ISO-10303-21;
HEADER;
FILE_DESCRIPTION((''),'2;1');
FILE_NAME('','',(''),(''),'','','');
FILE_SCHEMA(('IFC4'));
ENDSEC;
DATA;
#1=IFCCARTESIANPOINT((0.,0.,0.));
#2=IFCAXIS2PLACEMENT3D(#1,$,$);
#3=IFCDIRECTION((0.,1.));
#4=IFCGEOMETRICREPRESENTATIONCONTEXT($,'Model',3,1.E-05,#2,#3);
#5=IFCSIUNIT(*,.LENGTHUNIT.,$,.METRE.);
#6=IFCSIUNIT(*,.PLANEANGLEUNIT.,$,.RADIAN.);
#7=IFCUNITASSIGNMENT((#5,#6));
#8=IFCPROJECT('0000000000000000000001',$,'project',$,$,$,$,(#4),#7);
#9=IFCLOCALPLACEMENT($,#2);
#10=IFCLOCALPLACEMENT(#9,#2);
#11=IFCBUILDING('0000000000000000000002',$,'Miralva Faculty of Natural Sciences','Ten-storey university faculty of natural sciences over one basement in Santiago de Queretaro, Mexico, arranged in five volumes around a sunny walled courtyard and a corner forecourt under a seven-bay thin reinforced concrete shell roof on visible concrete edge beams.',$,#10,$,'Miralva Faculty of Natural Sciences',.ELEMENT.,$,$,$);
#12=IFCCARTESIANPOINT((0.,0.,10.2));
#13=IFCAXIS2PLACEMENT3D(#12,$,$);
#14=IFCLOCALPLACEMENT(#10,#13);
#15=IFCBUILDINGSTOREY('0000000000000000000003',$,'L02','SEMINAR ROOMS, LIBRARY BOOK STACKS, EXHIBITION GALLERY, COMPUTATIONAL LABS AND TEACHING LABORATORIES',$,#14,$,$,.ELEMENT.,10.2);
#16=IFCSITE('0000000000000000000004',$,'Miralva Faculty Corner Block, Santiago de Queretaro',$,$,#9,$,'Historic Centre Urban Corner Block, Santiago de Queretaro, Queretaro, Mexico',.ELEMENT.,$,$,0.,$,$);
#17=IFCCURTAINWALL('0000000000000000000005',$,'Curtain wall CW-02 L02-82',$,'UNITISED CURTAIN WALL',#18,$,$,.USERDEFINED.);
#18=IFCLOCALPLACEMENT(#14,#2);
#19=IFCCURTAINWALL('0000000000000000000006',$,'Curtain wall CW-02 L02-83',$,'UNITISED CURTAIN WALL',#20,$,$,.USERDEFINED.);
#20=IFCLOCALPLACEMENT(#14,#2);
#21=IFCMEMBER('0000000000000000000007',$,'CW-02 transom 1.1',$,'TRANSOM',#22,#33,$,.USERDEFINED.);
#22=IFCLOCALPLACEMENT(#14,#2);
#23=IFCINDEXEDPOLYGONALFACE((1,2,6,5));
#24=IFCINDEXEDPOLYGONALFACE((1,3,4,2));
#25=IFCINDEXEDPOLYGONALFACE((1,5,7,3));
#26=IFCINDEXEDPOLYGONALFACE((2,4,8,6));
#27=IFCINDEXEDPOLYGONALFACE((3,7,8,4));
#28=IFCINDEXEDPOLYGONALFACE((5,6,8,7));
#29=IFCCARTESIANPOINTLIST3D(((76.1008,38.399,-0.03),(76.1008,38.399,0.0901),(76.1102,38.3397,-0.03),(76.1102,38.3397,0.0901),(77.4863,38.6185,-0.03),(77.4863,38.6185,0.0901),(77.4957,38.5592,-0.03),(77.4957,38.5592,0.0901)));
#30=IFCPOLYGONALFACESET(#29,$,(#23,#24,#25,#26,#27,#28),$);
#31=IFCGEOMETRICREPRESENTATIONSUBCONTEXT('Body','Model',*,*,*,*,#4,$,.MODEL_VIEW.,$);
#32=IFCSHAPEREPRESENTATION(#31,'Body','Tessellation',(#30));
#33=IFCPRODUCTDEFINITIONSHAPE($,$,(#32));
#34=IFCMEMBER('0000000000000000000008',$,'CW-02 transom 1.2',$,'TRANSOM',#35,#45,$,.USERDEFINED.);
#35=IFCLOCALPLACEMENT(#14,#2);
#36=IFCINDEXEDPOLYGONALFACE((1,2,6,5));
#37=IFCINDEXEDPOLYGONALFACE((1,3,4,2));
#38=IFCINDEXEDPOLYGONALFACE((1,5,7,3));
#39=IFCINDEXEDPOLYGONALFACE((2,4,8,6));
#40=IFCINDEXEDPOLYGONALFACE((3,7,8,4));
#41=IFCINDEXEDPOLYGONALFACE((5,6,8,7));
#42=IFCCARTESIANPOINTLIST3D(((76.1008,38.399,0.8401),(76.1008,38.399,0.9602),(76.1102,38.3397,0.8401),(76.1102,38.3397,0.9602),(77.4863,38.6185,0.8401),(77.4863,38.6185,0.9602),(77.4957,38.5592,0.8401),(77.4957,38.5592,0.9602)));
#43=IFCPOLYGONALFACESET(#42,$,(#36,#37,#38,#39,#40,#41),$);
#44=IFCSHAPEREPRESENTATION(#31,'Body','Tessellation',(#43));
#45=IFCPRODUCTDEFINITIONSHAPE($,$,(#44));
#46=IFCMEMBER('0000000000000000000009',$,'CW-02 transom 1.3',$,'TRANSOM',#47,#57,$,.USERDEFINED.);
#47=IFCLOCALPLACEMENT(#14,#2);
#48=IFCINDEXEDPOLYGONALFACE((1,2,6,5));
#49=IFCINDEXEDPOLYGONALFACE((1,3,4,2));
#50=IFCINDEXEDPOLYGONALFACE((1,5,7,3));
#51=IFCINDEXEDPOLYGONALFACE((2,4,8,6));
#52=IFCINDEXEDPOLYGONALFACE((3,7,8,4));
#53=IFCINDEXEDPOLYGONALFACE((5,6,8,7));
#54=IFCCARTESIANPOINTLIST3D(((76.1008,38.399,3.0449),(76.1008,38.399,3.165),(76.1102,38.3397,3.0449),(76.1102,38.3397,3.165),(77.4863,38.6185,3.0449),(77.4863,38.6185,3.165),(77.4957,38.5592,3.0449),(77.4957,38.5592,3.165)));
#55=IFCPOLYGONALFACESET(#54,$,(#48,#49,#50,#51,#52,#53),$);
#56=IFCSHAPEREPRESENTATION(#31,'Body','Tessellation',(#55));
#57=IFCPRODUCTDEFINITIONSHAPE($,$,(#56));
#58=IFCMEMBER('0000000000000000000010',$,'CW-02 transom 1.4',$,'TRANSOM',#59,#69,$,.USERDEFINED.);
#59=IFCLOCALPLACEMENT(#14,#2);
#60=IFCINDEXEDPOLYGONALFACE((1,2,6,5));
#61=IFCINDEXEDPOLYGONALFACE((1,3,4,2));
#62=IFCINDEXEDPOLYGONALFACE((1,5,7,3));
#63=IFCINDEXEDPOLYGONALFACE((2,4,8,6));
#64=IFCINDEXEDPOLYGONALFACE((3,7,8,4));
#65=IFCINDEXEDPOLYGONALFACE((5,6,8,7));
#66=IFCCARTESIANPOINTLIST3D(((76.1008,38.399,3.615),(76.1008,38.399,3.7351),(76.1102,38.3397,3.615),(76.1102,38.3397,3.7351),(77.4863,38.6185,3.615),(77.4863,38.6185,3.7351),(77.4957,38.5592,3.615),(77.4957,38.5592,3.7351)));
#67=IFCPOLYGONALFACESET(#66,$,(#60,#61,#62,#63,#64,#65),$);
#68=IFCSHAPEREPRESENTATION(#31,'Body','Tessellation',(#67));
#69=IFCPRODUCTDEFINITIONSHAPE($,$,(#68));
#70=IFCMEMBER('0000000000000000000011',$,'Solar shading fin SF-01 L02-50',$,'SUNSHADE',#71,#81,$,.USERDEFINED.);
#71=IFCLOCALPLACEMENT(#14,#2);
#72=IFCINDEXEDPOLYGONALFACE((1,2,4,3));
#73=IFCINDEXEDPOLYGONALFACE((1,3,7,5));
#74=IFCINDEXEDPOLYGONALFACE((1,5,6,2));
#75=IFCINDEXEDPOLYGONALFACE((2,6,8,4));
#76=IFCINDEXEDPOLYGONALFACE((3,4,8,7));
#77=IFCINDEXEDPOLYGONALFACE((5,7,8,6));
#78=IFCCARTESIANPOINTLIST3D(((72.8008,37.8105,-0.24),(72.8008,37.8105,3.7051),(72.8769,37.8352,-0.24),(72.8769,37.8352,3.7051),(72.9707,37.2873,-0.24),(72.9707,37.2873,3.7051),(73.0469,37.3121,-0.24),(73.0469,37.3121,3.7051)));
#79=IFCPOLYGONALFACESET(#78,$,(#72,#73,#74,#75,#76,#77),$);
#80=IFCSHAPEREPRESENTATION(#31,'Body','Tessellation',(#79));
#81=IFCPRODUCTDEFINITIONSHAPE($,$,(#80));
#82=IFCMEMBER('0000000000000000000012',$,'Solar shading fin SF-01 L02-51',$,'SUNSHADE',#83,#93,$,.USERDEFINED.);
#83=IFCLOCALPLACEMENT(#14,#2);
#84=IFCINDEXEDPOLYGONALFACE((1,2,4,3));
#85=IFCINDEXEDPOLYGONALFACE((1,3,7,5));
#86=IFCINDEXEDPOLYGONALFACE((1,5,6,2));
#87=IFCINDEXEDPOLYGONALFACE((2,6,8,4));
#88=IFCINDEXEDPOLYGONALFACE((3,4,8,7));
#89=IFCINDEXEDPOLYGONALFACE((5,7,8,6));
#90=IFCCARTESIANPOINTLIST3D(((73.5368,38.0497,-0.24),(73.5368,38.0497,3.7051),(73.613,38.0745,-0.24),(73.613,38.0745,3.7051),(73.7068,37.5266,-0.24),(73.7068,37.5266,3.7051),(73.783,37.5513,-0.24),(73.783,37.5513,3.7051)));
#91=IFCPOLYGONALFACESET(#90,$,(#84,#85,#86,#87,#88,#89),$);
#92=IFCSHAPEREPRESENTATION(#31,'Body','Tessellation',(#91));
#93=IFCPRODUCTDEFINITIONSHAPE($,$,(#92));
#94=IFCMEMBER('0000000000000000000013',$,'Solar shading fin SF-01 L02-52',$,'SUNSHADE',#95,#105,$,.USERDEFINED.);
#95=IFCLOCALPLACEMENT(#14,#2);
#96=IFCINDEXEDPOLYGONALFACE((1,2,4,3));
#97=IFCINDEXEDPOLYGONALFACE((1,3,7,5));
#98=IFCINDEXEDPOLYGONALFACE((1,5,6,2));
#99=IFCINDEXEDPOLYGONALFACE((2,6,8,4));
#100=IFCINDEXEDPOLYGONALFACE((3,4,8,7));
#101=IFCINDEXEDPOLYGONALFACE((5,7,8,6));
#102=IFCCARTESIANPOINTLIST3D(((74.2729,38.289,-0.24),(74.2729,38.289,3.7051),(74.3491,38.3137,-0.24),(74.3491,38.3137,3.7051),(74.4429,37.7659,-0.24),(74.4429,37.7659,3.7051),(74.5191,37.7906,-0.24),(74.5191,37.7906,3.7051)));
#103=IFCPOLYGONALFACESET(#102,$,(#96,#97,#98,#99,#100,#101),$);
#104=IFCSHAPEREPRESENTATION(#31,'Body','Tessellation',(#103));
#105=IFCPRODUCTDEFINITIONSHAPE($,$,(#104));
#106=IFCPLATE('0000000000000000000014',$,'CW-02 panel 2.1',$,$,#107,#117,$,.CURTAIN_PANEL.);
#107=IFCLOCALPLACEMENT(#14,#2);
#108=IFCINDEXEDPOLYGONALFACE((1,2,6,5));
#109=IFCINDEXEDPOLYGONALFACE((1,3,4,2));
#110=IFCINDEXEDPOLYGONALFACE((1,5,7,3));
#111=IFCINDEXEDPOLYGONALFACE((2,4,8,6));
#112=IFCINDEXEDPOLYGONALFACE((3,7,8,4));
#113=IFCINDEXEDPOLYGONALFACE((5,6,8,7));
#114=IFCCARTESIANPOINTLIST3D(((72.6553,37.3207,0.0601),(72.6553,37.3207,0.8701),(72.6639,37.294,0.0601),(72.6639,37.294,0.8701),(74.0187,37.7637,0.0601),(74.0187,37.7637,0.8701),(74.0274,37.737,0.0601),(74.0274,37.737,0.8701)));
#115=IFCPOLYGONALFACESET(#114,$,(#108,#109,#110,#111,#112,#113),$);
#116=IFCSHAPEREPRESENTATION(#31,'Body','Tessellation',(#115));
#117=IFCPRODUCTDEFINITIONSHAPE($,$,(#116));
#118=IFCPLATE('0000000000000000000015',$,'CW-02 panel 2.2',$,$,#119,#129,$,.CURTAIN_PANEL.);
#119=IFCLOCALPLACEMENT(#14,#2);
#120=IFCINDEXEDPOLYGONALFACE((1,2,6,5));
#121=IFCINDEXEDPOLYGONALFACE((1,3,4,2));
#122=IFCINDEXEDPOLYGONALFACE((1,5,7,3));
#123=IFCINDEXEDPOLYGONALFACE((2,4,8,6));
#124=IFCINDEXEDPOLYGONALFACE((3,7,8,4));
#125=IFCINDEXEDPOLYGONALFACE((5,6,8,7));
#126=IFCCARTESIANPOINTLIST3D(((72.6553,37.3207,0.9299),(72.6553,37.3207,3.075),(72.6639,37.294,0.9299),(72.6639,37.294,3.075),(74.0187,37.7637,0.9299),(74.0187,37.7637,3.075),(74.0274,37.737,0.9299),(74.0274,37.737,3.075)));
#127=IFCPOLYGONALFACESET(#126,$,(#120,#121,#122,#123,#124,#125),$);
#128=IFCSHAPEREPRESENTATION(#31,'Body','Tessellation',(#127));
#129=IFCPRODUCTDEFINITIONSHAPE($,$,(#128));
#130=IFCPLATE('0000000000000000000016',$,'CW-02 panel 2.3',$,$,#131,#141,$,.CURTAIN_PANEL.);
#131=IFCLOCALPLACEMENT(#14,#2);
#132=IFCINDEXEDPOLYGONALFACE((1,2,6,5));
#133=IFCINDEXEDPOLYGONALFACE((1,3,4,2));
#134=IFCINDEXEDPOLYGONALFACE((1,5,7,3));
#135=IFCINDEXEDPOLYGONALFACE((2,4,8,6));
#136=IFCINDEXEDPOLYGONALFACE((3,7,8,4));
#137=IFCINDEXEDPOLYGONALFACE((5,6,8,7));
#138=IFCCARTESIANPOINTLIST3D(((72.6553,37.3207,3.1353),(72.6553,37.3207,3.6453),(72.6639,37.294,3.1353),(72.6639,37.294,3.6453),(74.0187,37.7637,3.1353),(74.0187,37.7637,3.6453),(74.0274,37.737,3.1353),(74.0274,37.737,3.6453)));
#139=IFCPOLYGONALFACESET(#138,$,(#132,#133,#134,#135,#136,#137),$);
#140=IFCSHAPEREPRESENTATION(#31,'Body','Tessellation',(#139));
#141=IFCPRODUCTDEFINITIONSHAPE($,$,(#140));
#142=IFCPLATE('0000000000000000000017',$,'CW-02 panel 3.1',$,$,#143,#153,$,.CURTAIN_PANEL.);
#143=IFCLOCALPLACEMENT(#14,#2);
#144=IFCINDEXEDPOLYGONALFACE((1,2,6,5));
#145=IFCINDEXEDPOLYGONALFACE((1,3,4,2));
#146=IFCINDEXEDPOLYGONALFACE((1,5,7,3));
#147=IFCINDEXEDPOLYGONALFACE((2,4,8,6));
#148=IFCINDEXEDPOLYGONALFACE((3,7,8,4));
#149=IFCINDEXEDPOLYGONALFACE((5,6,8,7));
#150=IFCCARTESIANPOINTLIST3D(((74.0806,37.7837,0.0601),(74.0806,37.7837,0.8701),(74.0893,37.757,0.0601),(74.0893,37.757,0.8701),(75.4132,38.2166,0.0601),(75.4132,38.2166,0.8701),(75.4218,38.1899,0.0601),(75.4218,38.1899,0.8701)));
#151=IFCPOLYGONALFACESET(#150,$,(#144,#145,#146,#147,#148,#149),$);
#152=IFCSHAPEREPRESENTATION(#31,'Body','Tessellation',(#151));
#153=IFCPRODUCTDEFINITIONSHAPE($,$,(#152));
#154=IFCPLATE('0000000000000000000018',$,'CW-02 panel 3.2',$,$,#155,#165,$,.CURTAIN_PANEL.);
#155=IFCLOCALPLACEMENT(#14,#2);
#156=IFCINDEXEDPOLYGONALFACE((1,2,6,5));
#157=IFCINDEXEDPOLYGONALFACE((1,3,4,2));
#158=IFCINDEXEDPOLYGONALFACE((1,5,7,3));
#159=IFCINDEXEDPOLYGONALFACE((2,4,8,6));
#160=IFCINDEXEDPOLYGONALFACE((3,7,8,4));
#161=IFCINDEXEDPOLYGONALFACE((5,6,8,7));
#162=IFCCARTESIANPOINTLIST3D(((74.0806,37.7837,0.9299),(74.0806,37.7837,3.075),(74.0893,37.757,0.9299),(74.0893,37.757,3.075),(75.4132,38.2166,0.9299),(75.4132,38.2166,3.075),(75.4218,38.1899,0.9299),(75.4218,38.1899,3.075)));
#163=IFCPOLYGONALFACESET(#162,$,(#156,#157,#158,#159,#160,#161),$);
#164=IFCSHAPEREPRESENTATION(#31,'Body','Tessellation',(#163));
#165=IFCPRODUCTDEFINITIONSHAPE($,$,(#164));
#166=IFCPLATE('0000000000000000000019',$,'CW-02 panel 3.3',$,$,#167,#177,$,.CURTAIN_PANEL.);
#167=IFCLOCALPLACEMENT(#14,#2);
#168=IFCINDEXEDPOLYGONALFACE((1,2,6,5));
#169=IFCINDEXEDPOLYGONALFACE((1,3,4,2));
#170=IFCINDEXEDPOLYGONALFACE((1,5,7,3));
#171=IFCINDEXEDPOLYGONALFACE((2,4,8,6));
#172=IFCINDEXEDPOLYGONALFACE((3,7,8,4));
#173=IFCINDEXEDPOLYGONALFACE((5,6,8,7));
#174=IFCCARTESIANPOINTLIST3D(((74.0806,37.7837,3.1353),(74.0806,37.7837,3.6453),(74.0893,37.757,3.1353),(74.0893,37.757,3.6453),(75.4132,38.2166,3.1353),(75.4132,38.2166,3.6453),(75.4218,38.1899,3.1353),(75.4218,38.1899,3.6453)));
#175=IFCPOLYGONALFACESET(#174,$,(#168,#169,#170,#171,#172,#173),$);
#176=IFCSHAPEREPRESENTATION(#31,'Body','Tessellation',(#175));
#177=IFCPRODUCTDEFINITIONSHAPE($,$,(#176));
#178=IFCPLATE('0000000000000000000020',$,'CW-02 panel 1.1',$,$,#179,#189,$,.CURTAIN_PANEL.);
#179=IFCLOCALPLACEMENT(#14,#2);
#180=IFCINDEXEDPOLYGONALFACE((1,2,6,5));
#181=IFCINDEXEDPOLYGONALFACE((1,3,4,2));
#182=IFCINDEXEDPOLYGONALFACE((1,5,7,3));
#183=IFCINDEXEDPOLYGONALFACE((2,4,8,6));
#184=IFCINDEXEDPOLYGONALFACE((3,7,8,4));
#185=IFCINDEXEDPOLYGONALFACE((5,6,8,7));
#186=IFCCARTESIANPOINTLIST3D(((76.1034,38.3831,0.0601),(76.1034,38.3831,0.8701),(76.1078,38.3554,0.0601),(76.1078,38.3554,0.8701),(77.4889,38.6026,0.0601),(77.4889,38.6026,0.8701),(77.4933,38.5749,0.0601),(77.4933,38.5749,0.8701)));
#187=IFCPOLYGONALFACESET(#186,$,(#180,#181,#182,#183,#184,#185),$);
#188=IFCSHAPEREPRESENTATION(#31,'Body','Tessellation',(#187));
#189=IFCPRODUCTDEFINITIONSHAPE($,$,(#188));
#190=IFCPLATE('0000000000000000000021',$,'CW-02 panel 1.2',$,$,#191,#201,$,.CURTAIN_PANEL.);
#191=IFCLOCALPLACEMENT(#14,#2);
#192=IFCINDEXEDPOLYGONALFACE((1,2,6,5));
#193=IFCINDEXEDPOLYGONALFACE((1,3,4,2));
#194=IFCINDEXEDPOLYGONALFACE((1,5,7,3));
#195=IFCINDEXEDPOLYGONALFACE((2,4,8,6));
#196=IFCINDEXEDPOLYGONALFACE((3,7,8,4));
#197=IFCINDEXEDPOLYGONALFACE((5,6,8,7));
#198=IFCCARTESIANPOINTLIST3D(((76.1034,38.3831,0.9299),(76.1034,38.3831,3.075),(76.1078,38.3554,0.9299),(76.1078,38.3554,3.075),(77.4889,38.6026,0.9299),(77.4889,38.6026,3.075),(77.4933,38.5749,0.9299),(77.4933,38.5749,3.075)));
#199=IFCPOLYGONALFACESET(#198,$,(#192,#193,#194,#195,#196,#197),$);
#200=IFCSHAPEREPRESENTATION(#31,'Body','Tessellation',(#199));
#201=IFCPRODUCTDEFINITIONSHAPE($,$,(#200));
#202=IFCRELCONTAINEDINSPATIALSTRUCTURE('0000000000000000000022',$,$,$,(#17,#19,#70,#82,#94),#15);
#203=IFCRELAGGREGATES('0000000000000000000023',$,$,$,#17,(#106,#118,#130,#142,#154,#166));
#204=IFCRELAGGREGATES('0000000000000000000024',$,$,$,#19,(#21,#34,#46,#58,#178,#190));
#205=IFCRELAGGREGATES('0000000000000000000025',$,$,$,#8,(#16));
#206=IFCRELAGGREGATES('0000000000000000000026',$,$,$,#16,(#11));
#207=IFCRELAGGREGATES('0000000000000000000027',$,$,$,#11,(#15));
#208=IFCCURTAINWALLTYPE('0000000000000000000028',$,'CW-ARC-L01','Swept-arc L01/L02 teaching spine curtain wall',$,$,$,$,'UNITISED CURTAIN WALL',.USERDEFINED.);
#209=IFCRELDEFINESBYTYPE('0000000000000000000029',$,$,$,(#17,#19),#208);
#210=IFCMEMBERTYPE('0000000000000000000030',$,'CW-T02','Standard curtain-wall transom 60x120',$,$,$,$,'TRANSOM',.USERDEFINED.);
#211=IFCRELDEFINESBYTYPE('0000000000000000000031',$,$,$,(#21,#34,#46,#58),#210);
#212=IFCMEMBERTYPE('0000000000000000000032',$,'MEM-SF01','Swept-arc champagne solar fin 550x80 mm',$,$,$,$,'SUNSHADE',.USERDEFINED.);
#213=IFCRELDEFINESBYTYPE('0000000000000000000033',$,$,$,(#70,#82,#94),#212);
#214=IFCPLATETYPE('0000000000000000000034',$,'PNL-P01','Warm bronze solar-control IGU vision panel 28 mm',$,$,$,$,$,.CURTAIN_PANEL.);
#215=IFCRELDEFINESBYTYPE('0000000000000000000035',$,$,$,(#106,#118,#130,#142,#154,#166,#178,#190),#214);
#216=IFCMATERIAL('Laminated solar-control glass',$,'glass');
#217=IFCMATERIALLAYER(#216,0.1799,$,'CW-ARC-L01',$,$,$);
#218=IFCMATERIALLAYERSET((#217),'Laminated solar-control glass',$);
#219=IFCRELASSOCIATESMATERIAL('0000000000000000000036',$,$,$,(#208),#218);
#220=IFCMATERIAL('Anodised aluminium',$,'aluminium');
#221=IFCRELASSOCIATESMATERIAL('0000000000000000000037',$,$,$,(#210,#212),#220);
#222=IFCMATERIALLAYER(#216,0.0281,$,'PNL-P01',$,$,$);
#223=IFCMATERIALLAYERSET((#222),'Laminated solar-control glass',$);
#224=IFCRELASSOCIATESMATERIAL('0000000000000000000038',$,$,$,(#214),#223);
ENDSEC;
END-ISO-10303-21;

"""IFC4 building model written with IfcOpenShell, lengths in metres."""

from ifc_helpers import new_model, si_unit, direction, frame, origin, origin_2d, place, context, subcontext, project, spatial, rectangle, extrude, material, layer, layer_set, material_profile, profile_set, type_object, element, aggregate, save


model = new_model("IFC4")

# Units and contexts
model_context = context("Model", 3, precision=1e-05, world=origin(), true_north=direction((0.0, 1.0)))
body_context = subcontext(model_context, "Body", "Model", "MODEL_VIEW")
ifc_project = project(units=[si_unit("LENGTHUNIT", "METRE"), si_unit("PLANEANGLEUNIT", "RADIAN")], contexts=[model_context])

# Site, building, storey
site_placement = place(None, origin())
site = spatial("IfcSite", under=ifc_project, at=site_placement, Name="Miralva Faculty Corner Block, Santiago de Queretaro", LongName="Historic Centre Urban Corner Block, Santiago de Queretaro, Queretaro, Mexico", CompositionType="ELEMENT", RefElevation=0.0)
building_placement = place(site_placement, origin())
building = spatial("IfcBuilding", under=site, at=building_placement, Name="Miralva Faculty of Natural Sciences", Description="Ten-storey university faculty of natural sciences over one basement in Santiago de Queretaro, Mexico, arranged in five volumes around a sunny walled courtyard and a corner forecourt under a seven-bay thin reinforced concrete shell roof on visible concrete edge beams.", LongName="Miralva Faculty of Natural Sciences", CompositionType="ELEMENT")
storey_placement = place(building_placement, frame((0.0, 0.0, 10.2)))
storey = spatial("IfcBuildingStorey", under=building, at=storey_placement, Name="L02", Description="SEMINAR ROOMS, LIBRARY BOOK STACKS, EXHIBITION GALLERY, COMPUTATIONAL LABS AND TEACHING LABORATORIES", CompositionType="ELEMENT", Elevation=10.2)

# Curtain wall
ifc_material_1 = material(Name="Laminated solar-control glass", Category="glass")
ifc_layer_1 = layer(ifc_material_1, 0.1799, Name="CW-ARC-L01")
ifc_layer_set_1 = layer_set([ifc_layer_1], Name="Laminated solar-control glass")
curtain_wall_type = type_object("IfcCurtainWallType", Name="CW-ARC-L01", Description="Swept-arc L01/L02 teaching spine curtain wall", ElementType="UNITISED CURTAIN WALL", PredefinedType="USERDEFINED", material=ifc_layer_set_1)
curtain_wall_1_placement = place(storey_placement, origin())
curtain_wall_1 = element("IfcCurtainWall", 1, at=curtain_wall_1_placement, inside=storey, type_object=curtain_wall_type, Name="Curtain wall CW-02 L02-82", ObjectType="UNITISED CURTAIN WALL", PredefinedType="USERDEFINED")
ifc_material_2 = material(Name="Anodised aluminium", Category="aluminium")

# Curtain wall
curtain_wall_2_placement = place(storey_placement, origin())
curtain_wall_2 = element("IfcCurtainWall", 2, at=curtain_wall_2_placement, inside=storey, type_object=curtain_wall_type, Name="Curtain wall CW-02 L02-83", ObjectType="UNITISED CURTAIN WALL", PredefinedType="USERDEFINED")

# Members
ifc_material_profile_1 = material_profile(ifc_material_2, rectangle(XDim=0.0601, YDim=0.1201, at=origin_2d()), Name="TRANSOM 60x120")
ifc_profile_set_1 = profile_set([ifc_material_profile_1], Name="Anodised aluminium")
member_type_1 = type_object("IfcMemberType", Name="CW-T02", Description="Standard curtain-wall transom 60x120", ElementType="TRANSOM", PredefinedType="USERDEFINED", material=ifc_profile_set_1)
member_1_placement = place(storey_placement, frame((76.1055, 38.3694, 0.03), z_axis=(0.987684, 0.156463, 0.0), x_axis=(-0.156463, 0.987684, 0.0)))
member_1 = element("IfcMember", 3, at=member_1_placement, type_object=member_type_1, Name="CW-02 transom 1.1", ObjectType="TRANSOM", PredefinedType="USERDEFINED", context=body_context, shape_type="SweptSolid", body=[
    extrude(rectangle(XDim=0.0601, YDim=0.1201, at=origin_2d()), origin(), (0.0, 0.0, 1.0), 1.4028),
])
member_2_placement = place(storey_placement, frame((76.1055, 38.3694, 0.9001), z_axis=(0.987684, 0.156463, 0.0), x_axis=(-0.156463, 0.987684, 0.0)))
member_2 = element("IfcMember", 4, at=member_2_placement, type_object=member_type_1, Name="CW-02 transom 1.2", ObjectType="TRANSOM", PredefinedType="USERDEFINED", context=body_context, shape_type="SweptSolid", body=[
    extrude(rectangle(XDim=0.0601, YDim=0.1201, at=origin_2d()), origin(), (0.0, 0.0, 1.0), 1.4028),
])
member_3_placement = place(storey_placement, frame((76.1055, 38.3694, 3.105), z_axis=(0.987684, 0.156463, 0.0), x_axis=(-0.156463, 0.987684, 0.0)))
member_3 = element("IfcMember", 5, at=member_3_placement, type_object=member_type_1, Name="CW-02 transom 1.3", ObjectType="TRANSOM", PredefinedType="USERDEFINED", context=body_context, shape_type="SweptSolid", body=[
    extrude(rectangle(XDim=0.0601, YDim=0.1201, at=origin_2d()), origin(), (0.0, 0.0, 1.0), 1.4028),
])
member_4_placement = place(storey_placement, frame((76.1055, 38.3694, 3.675), z_axis=(0.987684, 0.156463, 0.0), x_axis=(-0.156463, 0.987684, 0.0)))
member_4 = element("IfcMember", 6, at=member_4_placement, type_object=member_type_1, Name="CW-02 transom 1.4", ObjectType="TRANSOM", PredefinedType="USERDEFINED", context=body_context, shape_type="SweptSolid", body=[
    extrude(rectangle(XDim=0.0601, YDim=0.1201, at=origin_2d()), origin(), (0.0, 0.0, 1.0), 1.4028),
])

# Members
ifc_material_profile_2 = material_profile(ifc_material_2, rectangle(XDim=0.0801, YDim=0.55, at=origin_2d()), Name="FIN 550x80")
ifc_profile_set_2 = profile_set([ifc_material_profile_2], Name="Anodised aluminium")
member_type_2 = type_object("IfcMemberType", Name="MEM-SF01", Description="Swept-arc champagne solar fin 550x80 mm", ElementType="SUNSHADE", PredefinedType="USERDEFINED", material=ifc_profile_set_2)
for number, where, z_axis, x_axis, name in (
    (7, (72.9238, 37.5613, -0.24), (0.0, 0.0, 1.0), (-0.951057, -0.309017, 0.0), "Solar shading fin SF-01 L02-50"),
    (8, (73.6599, 37.8005, -0.24), (0.0, 0.0, 1.0), (-0.951057, -0.309017, 0.0), "Solar shading fin SF-01 L02-51"),
    (9, (74.396, 38.0398, -0.24), (0.0, 0.0, 1.0), (-0.951057, -0.309017, 0.0), "Solar shading fin SF-01 L02-52"),
):
    element("IfcMember", number, at=place(storey_placement, frame(where, z_axis=z_axis, x_axis=x_axis)), inside=storey, type_object=member_type_2, Name=name, ObjectType="SUNSHADE", PredefinedType="USERDEFINED", context=body_context, shape_type="SweptSolid", body=[
        extrude(rectangle(XDim=0.0801, YDim=0.55, at=origin_2d()), origin(), (0.0, 0.0, 1.0), 3.9451),
    ])

# Plates
ifc_layer_2 = layer(ifc_material_1, 0.0281, Name="PNL-P01")
ifc_layer_set_2 = layer_set([ifc_layer_2], Name="Laminated solar-control glass")
plate_type = type_object("IfcPlateType", Name="PNL-P01", Description="Warm bronze solar-control IGU vision panel 28 mm", PredefinedType="CURTAIN_PANEL", material=ifc_layer_set_2)
plate_1_placement = place(storey_placement, frame((73.3413, 37.5288, 0.0601), z_axis=(0.0, 0.0, 1.0), x_axis=(0.95106, 0.309006, 0.0)))
plate_1 = element("IfcPlate", 10, at=plate_1_placement, type_object=plate_type, Name="CW-02 panel 2.1", PredefinedType="CURTAIN_PANEL", context=body_context, shape_type="SweptSolid", body=[
    extrude(rectangle(XDim=1.4336, YDim=0.0281, at=origin_2d()), origin(), (0.0, 0.0, 1.0), 0.8101),
])
plate_2_placement = place(storey_placement, frame((73.3413, 37.5288, 0.9299), z_axis=(0.0, 0.0, 1.0), x_axis=(0.95106, 0.309006, 0.0)))
plate_2 = element("IfcPlate", 11, at=plate_2_placement, type_object=plate_type, Name="CW-02 panel 2.2", PredefinedType="CURTAIN_PANEL", context=body_context, shape_type="SweptSolid", body=[
    extrude(rectangle(XDim=1.4336, YDim=0.0281, at=origin_2d()), origin(), (0.0, 0.0, 1.0), 2.145),
])
plate_3_placement = place(storey_placement, frame((73.3413, 37.5288, 3.1353), z_axis=(0.0, 0.0, 1.0), x_axis=(0.95106, 0.309006, 0.0)))
plate_3 = element("IfcPlate", 12, at=plate_3_placement, type_object=plate_type, Name="CW-02 panel 2.3", PredefinedType="CURTAIN_PANEL", context=body_context, shape_type="SweptSolid", body=[
    extrude(rectangle(XDim=1.4336, YDim=0.0281, at=origin_2d()), origin(), (0.0, 0.0, 1.0), 0.51),
])
plate_4_placement = place(storey_placement, frame((74.7512, 37.9868, 0.0601), z_axis=(0.0, 0.0, 1.0), x_axis=(0.95106, 0.309006, 0.0)))
plate_4 = element("IfcPlate", 13, at=plate_4_placement, type_object=plate_type, Name="CW-02 panel 3.1", PredefinedType="CURTAIN_PANEL", context=body_context, shape_type="SweptSolid", body=[
    extrude(rectangle(XDim=1.4011, YDim=0.0281, at=origin_2d()), origin(), (0.0, 0.0, 1.0), 0.8101),
])
plate_5_placement = place(storey_placement, frame((74.7512, 37.9868, 0.9299), z_axis=(0.0, 0.0, 1.0), x_axis=(0.95106, 0.309006, 0.0)))
plate_5 = element("IfcPlate", 14, at=plate_5_placement, type_object=plate_type, Name="CW-02 panel 3.2", PredefinedType="CURTAIN_PANEL", context=body_context, shape_type="SweptSolid", body=[
    extrude(rectangle(XDim=1.4011, YDim=0.0281, at=origin_2d()), origin(), (0.0, 0.0, 1.0), 2.145),
])
plate_6_placement = place(storey_placement, frame((74.7512, 37.9868, 3.1353), z_axis=(0.0, 0.0, 1.0), x_axis=(0.95106, 0.309006, 0.0)))
plate_6 = element("IfcPlate", 15, at=plate_6_placement, type_object=plate_type, Name="CW-02 panel 3.3", PredefinedType="CURTAIN_PANEL", context=body_context, shape_type="SweptSolid", body=[
    extrude(rectangle(XDim=1.4011, YDim=0.0281, at=origin_2d()), origin(), (0.0, 0.0, 1.0), 0.51),
])
aggregate(curtain_wall_1, [plate_1, plate_2, plate_3, plate_4, plate_5, plate_6])
plate_7_placement = place(storey_placement, frame((76.7983, 38.479, 0.0601), z_axis=(0.0, 0.0, 1.0), x_axis=(0.987689, 0.156431, 0.0)))
plate_7 = element("IfcPlate", 16, at=plate_7_placement, type_object=plate_type, Name="CW-02 panel 1.1", PredefinedType="CURTAIN_PANEL", context=body_context, shape_type="SweptSolid", body=[
    extrude(rectangle(XDim=1.4028, YDim=0.0281, at=origin_2d()), origin(), (0.0, 0.0, 1.0), 0.8101),
])
plate_8_placement = place(storey_placement, frame((76.7983, 38.479, 0.9299), z_axis=(0.0, 0.0, 1.0), x_axis=(0.987689, 0.156431, 0.0)))
plate_8 = element("IfcPlate", 17, at=plate_8_placement, type_object=plate_type, Name="CW-02 panel 1.2", PredefinedType="CURTAIN_PANEL", context=body_context, shape_type="SweptSolid", body=[
    extrude(rectangle(XDim=1.4028, YDim=0.0281, at=origin_2d()), origin(), (0.0, 0.0, 1.0), 2.145),
])
aggregate(curtain_wall_2, [member_1, member_2, member_3, member_4, plate_7, plate_8])

save(model, "model.ifc")
